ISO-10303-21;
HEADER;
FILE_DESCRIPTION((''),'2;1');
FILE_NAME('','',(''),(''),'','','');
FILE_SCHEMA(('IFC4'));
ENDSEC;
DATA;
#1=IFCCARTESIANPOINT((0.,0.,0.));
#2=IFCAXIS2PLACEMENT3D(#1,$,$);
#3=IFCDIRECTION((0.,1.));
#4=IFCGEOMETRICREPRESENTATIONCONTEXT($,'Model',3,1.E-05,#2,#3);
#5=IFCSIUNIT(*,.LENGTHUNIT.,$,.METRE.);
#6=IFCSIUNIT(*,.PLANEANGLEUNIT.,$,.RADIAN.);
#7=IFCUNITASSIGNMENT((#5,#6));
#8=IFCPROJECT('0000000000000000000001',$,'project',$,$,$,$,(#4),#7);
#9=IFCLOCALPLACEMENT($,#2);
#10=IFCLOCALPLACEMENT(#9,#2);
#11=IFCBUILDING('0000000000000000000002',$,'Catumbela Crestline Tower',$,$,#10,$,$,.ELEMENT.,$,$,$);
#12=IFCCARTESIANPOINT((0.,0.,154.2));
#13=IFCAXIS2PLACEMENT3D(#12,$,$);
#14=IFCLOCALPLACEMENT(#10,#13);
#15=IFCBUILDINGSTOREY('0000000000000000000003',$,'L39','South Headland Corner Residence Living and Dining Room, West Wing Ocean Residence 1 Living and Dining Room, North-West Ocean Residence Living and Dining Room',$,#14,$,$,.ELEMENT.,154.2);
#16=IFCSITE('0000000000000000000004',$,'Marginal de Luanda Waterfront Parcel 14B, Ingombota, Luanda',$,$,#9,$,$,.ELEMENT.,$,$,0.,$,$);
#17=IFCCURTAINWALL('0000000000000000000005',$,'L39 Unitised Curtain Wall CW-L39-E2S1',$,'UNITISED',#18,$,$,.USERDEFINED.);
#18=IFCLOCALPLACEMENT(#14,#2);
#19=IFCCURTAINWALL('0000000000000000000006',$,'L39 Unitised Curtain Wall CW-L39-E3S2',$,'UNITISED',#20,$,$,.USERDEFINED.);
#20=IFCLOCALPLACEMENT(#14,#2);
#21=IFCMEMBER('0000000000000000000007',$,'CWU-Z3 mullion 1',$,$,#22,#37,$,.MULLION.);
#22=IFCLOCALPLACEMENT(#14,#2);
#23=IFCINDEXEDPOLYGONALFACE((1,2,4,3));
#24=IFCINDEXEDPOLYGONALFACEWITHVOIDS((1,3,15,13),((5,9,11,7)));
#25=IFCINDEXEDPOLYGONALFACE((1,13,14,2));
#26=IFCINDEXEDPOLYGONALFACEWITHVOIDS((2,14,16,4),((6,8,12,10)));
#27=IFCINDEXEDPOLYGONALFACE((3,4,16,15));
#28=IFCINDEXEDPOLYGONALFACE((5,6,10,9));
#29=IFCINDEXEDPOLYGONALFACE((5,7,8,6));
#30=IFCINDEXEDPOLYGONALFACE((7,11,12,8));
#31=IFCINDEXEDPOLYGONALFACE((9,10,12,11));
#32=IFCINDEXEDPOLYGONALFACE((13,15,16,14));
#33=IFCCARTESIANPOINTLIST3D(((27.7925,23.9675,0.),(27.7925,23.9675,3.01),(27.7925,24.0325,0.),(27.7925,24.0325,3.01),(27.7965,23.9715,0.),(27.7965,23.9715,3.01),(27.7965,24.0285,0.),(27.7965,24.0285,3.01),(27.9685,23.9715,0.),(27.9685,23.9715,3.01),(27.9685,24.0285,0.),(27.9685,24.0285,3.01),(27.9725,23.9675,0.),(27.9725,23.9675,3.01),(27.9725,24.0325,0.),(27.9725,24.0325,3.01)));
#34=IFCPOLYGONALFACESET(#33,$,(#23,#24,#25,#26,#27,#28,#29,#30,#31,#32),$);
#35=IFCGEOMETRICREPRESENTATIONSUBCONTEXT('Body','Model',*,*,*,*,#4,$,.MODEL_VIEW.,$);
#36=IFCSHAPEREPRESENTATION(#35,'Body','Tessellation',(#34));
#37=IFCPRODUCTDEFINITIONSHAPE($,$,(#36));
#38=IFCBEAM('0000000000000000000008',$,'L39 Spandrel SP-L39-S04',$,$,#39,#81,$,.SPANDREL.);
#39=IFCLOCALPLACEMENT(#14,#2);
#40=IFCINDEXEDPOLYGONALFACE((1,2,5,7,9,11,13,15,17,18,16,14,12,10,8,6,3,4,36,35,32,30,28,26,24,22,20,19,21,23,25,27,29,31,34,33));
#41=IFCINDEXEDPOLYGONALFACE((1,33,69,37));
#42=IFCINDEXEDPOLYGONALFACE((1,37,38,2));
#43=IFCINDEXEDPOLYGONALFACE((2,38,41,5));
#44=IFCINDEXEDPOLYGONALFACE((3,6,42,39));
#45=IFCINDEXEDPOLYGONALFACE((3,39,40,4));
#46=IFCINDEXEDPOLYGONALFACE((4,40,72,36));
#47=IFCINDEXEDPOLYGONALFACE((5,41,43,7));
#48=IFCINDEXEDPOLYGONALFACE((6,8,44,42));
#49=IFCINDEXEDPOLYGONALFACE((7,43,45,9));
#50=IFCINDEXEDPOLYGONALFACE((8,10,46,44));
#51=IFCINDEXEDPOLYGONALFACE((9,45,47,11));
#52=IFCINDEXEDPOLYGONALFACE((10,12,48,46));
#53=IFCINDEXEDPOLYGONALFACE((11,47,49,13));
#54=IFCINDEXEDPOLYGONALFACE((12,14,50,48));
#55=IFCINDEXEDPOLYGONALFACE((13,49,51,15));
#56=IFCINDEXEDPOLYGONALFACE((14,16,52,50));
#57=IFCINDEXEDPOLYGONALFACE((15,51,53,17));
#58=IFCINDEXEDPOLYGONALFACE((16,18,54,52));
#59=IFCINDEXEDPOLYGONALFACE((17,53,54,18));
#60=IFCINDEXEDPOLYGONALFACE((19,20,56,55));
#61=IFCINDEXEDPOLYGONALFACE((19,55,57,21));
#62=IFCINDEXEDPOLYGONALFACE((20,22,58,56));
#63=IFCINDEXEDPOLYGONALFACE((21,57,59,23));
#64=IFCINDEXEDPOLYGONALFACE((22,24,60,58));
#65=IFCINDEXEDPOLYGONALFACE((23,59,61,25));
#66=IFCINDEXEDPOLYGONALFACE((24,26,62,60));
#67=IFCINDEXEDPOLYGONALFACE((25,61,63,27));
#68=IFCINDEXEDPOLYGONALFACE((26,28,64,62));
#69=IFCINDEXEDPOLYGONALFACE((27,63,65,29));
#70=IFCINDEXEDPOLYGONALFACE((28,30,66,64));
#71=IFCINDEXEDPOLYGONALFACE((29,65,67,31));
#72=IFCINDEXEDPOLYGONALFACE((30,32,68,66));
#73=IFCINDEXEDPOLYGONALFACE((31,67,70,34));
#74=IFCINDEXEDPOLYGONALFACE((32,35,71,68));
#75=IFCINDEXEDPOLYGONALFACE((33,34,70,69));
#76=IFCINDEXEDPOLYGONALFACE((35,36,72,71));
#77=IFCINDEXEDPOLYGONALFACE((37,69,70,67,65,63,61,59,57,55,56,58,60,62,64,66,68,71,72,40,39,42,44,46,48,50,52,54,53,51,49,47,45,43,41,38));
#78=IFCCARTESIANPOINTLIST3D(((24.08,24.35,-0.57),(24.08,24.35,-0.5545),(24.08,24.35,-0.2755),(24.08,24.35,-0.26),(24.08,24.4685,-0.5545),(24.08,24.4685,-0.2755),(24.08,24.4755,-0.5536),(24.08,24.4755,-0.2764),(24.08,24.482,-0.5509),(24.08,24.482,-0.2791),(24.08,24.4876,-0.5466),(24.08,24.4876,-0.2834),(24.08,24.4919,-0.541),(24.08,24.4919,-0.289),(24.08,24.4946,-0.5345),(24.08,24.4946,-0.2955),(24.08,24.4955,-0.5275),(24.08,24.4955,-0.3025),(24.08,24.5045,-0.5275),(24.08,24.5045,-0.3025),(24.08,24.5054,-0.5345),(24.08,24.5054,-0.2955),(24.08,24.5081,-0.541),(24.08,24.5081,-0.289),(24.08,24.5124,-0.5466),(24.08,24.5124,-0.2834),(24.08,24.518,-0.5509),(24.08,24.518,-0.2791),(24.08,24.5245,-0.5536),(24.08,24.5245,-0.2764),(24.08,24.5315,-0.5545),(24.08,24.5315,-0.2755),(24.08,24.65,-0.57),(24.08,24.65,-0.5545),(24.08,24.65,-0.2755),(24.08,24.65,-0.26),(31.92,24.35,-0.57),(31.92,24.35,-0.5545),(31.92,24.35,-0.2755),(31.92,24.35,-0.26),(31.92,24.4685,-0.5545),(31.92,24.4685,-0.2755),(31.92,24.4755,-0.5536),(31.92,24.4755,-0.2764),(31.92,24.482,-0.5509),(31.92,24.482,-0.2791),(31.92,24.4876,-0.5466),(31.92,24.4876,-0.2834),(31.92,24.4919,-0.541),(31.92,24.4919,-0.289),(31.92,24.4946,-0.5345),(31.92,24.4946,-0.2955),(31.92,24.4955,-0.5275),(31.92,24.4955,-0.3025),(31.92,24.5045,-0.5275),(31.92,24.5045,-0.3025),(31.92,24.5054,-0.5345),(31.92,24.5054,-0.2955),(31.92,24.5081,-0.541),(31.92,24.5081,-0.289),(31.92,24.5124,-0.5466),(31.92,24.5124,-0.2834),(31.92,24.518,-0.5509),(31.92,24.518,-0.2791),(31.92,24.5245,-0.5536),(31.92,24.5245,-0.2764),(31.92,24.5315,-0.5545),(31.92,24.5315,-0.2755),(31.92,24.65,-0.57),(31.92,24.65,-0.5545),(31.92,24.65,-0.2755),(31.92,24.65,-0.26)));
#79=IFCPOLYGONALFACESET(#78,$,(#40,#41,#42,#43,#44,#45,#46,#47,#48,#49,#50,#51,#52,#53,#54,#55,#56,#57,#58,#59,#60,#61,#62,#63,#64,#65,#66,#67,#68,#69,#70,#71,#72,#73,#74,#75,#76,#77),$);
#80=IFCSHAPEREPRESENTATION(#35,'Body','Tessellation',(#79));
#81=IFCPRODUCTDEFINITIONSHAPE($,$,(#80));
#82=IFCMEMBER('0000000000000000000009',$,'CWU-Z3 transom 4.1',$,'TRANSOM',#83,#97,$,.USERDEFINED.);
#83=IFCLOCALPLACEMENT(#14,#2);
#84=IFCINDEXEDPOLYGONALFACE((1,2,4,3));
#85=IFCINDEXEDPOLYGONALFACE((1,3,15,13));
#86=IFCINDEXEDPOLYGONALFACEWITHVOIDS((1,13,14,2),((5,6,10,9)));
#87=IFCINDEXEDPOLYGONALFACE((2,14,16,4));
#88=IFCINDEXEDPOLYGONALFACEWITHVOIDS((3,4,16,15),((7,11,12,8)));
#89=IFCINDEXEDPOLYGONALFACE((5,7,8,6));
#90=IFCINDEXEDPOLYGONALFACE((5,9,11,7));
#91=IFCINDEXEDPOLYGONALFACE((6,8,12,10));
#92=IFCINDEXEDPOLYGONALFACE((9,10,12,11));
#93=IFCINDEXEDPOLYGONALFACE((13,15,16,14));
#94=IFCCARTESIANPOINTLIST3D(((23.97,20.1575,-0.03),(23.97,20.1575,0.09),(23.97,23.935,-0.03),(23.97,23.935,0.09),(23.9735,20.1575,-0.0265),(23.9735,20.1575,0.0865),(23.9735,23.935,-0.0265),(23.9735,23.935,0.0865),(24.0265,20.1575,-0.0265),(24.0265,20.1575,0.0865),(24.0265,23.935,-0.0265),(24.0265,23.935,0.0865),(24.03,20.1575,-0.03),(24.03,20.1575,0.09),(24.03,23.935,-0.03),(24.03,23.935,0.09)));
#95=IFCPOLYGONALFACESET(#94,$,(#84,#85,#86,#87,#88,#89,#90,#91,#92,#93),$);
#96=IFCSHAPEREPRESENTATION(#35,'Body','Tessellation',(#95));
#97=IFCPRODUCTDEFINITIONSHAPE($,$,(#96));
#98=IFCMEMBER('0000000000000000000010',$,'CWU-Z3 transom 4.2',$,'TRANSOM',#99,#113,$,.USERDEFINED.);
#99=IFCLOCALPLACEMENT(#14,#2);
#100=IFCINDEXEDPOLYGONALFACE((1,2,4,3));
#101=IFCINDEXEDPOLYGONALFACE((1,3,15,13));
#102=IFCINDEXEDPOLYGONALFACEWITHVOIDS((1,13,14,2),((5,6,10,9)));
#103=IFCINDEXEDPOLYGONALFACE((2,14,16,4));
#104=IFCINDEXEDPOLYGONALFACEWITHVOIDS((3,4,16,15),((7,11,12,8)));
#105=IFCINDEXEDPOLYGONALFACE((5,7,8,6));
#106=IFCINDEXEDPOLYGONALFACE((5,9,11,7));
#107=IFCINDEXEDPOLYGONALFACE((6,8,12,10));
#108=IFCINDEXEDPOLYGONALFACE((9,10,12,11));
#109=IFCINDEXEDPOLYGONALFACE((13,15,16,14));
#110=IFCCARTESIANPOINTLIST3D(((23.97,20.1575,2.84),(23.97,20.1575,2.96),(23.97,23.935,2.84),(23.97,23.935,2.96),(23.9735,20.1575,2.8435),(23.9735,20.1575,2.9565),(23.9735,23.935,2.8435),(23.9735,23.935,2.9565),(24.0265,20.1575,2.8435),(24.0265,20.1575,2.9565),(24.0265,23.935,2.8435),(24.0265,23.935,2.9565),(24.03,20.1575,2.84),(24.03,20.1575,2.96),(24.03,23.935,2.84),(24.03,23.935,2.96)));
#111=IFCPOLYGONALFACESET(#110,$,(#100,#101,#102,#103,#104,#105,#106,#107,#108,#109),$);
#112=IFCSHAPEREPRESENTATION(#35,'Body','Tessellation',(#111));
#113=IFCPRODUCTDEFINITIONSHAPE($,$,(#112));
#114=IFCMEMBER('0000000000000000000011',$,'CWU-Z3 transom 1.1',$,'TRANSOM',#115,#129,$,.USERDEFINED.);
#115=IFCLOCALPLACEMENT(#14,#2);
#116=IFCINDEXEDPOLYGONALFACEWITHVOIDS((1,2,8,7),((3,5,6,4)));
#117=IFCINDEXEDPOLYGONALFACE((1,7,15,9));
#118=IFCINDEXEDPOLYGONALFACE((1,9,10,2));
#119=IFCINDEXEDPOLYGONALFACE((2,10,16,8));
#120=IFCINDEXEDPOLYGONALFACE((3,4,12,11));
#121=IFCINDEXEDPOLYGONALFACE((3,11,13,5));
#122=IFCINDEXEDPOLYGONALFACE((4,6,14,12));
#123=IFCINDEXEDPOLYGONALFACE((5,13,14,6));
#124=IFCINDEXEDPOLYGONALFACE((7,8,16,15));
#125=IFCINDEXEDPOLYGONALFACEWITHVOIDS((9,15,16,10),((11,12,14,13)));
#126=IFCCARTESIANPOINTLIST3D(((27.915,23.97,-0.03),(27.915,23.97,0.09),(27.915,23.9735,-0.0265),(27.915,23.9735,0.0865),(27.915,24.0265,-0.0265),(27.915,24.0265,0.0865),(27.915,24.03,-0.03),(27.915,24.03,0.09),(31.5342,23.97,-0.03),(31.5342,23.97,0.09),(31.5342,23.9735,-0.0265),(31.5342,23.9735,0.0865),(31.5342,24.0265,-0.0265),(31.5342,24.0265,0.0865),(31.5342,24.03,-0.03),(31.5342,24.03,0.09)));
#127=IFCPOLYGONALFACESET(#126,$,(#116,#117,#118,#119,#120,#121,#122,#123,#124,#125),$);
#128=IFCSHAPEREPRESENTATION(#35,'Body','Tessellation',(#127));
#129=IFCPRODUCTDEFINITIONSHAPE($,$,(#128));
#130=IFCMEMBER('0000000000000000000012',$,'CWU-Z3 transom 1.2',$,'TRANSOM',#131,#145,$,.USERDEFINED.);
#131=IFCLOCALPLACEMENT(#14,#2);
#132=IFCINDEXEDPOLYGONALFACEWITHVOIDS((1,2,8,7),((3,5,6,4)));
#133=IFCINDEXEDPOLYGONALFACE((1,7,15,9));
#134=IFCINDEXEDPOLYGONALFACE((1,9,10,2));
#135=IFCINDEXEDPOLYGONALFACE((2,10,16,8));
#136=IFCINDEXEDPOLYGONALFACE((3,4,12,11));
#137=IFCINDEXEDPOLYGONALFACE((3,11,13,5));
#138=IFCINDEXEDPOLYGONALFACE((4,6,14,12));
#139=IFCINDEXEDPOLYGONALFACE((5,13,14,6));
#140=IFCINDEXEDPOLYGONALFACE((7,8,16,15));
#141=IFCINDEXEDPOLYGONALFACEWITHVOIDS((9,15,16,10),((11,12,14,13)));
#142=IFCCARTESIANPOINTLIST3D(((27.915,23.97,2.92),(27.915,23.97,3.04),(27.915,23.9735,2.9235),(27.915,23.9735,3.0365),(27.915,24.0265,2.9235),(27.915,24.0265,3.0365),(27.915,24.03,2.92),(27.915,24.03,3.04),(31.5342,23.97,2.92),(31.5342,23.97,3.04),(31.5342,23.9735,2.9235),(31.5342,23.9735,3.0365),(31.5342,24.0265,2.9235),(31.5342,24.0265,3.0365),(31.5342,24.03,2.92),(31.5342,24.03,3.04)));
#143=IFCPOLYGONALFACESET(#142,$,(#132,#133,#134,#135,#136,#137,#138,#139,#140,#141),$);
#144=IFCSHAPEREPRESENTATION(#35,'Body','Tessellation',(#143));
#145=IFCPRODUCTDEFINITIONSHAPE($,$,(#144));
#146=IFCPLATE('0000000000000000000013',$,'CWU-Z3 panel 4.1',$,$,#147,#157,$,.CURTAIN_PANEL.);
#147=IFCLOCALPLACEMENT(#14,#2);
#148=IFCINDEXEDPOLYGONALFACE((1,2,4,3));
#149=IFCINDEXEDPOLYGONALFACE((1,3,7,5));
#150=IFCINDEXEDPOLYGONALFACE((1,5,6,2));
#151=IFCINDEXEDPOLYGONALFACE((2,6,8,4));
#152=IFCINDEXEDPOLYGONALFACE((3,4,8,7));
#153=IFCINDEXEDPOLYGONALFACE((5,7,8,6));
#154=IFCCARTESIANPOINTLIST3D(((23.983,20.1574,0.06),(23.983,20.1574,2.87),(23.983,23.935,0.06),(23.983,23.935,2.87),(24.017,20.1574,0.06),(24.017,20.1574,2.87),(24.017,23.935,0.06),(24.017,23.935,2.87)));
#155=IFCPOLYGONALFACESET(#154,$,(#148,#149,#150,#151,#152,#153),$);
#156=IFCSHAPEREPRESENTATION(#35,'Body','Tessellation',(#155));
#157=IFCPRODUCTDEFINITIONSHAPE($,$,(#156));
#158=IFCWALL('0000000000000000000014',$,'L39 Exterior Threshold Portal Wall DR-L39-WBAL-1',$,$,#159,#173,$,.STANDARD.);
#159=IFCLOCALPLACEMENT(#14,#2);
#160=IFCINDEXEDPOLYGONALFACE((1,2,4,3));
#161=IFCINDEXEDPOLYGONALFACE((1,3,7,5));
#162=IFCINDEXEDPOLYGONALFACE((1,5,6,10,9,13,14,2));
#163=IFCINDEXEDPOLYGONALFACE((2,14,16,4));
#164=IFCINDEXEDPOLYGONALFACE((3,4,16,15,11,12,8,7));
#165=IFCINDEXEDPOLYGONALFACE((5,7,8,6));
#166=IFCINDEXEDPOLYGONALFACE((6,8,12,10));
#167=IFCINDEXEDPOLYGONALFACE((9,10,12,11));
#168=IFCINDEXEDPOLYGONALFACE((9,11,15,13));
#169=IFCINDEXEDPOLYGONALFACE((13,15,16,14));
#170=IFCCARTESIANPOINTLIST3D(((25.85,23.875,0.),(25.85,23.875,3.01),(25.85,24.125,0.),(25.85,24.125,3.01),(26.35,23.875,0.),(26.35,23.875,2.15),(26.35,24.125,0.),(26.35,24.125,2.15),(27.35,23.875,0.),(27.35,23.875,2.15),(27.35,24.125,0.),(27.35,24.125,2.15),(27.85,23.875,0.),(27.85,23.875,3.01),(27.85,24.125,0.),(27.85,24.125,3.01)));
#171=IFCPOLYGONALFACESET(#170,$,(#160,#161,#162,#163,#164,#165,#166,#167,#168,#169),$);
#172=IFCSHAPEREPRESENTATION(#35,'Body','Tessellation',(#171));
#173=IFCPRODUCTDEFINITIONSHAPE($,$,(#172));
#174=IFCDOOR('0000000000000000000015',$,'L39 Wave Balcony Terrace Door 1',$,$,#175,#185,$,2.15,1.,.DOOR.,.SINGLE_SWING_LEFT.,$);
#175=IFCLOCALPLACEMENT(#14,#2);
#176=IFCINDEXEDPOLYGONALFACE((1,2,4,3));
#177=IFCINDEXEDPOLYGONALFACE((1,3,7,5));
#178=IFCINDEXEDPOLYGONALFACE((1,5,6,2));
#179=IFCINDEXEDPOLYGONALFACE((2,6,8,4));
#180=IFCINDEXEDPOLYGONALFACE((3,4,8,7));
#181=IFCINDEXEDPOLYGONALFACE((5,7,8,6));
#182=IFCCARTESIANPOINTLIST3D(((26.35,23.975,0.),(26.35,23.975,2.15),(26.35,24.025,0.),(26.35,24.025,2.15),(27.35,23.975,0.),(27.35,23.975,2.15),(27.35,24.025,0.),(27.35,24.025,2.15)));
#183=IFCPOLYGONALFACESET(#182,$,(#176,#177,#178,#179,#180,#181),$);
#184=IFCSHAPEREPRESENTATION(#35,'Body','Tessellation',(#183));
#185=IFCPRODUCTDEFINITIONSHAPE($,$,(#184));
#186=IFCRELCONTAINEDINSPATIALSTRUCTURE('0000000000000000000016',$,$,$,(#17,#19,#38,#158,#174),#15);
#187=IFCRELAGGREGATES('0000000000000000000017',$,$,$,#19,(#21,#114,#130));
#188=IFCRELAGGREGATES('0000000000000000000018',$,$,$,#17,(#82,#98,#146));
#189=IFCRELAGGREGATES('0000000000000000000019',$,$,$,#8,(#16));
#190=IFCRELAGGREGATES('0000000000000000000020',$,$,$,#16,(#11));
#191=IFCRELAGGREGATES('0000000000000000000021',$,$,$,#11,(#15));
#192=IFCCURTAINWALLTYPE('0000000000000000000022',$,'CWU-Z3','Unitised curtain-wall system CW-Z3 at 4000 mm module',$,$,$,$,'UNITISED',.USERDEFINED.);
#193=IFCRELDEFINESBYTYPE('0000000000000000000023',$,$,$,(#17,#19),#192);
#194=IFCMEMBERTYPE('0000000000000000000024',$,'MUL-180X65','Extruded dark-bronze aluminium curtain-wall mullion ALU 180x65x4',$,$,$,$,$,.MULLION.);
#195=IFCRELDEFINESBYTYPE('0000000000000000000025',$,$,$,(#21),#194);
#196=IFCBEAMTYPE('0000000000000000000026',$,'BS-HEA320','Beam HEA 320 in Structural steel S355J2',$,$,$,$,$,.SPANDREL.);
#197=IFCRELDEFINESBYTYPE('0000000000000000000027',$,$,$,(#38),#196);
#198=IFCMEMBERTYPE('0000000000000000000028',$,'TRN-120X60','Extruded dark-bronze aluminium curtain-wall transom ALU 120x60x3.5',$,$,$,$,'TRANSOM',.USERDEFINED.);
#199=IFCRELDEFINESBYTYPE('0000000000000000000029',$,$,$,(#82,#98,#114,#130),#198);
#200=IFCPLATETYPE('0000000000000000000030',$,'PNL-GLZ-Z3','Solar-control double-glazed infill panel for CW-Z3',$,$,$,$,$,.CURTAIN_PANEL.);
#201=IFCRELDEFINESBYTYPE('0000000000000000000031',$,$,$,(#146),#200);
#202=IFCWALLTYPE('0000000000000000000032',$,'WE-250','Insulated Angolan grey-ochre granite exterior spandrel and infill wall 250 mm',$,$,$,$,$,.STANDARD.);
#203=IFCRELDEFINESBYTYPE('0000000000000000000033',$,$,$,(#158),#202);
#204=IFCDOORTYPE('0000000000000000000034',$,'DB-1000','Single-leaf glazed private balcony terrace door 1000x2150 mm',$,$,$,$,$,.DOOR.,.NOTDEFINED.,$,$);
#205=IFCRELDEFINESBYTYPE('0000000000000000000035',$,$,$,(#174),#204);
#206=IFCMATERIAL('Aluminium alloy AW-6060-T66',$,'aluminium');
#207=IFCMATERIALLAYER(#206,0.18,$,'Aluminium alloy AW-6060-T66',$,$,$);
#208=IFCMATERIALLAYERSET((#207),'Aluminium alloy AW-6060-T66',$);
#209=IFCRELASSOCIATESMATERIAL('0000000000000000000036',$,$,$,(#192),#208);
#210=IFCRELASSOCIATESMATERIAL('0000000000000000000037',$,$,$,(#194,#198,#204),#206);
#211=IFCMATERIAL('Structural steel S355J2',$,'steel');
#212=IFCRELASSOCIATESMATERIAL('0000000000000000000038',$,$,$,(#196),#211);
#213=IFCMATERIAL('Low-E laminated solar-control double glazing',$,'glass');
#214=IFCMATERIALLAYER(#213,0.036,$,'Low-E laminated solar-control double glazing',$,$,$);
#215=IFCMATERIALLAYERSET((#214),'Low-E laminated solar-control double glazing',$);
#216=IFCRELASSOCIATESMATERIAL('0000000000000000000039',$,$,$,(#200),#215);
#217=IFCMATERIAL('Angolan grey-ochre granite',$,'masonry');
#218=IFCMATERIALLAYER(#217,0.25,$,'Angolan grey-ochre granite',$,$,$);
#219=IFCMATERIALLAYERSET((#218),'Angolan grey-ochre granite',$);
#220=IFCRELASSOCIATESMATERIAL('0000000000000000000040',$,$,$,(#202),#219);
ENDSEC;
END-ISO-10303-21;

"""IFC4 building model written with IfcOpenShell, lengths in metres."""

from ifc_helpers import new_model, si_unit, direction, frame, frame_2d, origin, origin_2d, place, context, subcontext, project, spatial, rectangle, hollow_rectangle, i_section, extrude, material, layer, layer_set, material_profile, profile_set, type_object, element, fill, aggregate, save


model = new_model("IFC4")

# Units and contexts
model_context = context("Model", 3, precision=1e-05, world=origin(), true_north=direction((0.0, 1.0)))
body_context = subcontext(model_context, "Body", "Model", "MODEL_VIEW")
ifc_project = project(units=[si_unit("LENGTHUNIT", "METRE"), si_unit("PLANEANGLEUNIT", "RADIAN")], contexts=[model_context])

# Site, building, storey
site_placement = place(None, origin())
site = spatial("IfcSite", under=ifc_project, at=site_placement, Name="Marginal de Luanda Waterfront Parcel 14B, Ingombota, Luanda", CompositionType="ELEMENT", RefElevation=0.0)
building_placement = place(site_placement, origin())
building = spatial("IfcBuilding", under=site, at=building_placement, Name="Catumbela Crestline Tower", CompositionType="ELEMENT")
storey_placement = place(building_placement, frame((0.0, 0.0, 154.2)))
storey = spatial("IfcBuildingStorey", under=building, at=storey_placement, Name="L39", Description="South Headland Corner Residence Living and Dining Room, West Wing Ocean Residence 1 Living and Dining Room, North-West Ocean Residence Living and Dining Room", CompositionType="ELEMENT", Elevation=154.2)

# Shared definitions
ifc_material_1 = material(Name="Structural steel S355J2", Category="steel")

# Curtain wall
ifc_material_2 = material(Name="Aluminium alloy AW-6060-T66", Category="aluminium")
ifc_layer_1 = layer(ifc_material_2, 0.18, Name="Aluminium alloy AW-6060-T66")
ifc_layer_set_1 = layer_set([ifc_layer_1], Name="Aluminium alloy AW-6060-T66")
curtain_wall_type = type_object("IfcCurtainWallType", Name="CWU-Z3", Description="Unitised curtain-wall system CW-Z3 at 4000 mm module", ElementType="UNITISED", PredefinedType="USERDEFINED", material=ifc_layer_set_1)
curtain_wall_1_placement = place(storey_placement, origin())
curtain_wall_1 = element("IfcCurtainWall", 1, at=curtain_wall_1_placement, inside=storey, type_object=curtain_wall_type, Name="L39 Unitised Curtain Wall CW-L39-E2S1", ObjectType="UNITISED", PredefinedType="USERDEFINED")
ifc_material_profile_1 = material_profile(ifc_material_2, hollow_rectangle(XDim=0.065, YDim=0.18, WallThickness=0.004, at=origin_2d()), Name="ALU 180x65x4")
ifc_profile_set_1 = profile_set([ifc_material_profile_1], Name="Aluminium alloy AW-6060-T66")
member_type_1 = type_object("IfcMemberType", Name="MUL-180X65", Description="Extruded dark-bronze aluminium curtain-wall mullion ALU 180x65x4", PredefinedType="MULLION", material=ifc_profile_set_1)

# Curtain wall, member
curtain_wall_2_placement = place(storey_placement, origin())
curtain_wall_2 = element("IfcCurtainWall", 2, at=curtain_wall_2_placement, inside=storey, type_object=curtain_wall_type, Name="L39 Unitised Curtain Wall CW-L39-E3S2", ObjectType="UNITISED", PredefinedType="USERDEFINED")
member_1_placement = place(storey_placement, frame((27.8825, 24.0, 0.0), z_axis=(0.0, 0.0, 1.0), x_axis=(0.0, 1.0, 0.0)))
member_1 = element("IfcMember", 3, at=member_1_placement, type_object=member_type_1, Name="CWU-Z3 mullion 1", PredefinedType="MULLION", context=body_context, shape_type="SweptSolid", body=[
    extrude(hollow_rectangle(XDim=0.065, YDim=0.18, WallThickness=0.004, at=origin_2d()), origin(), (0.0, 0.0, 1.0), 3.01),
])

# Beam
ifc_material_profile_2 = material_profile(ifc_material_1, i_section(OverallWidth=0.3, OverallDepth=0.31, WebThickness=0.009, FlangeThickness=0.0155, FilletRadius=0.027, at=origin_2d()), Name="HEA 320")
ifc_profile_set_2 = profile_set([ifc_material_profile_2], Name="Structural steel S355J2")
beam_type_1 = type_object("IfcBeamType", Name="BS-HEA320", Description="Beam HEA 320 in Structural steel S355J2", PredefinedType="SPANDREL", material=ifc_profile_set_2)
beam_1_placement = place(storey_placement, frame((24.08, 24.5, -0.415), z_axis=(1.0, 0.0, 0.0), x_axis=(0.0, 1.0, 0.0)))
element("IfcBeam", 4, at=beam_1_placement, inside=storey, type_object=beam_type_1, Name="L39 Spandrel SP-L39-S04", PredefinedType="SPANDREL", context=body_context, shape_type="SweptSolid", body=[
    extrude(i_section(OverallWidth=0.3, OverallDepth=0.31, WebThickness=0.009, FlangeThickness=0.0155, FilletRadius=0.027, at=origin_2d()), origin(), (0.0, 0.0, 1.0), 7.84),
])

# Members
ifc_material_profile_3 = material_profile(ifc_material_2, hollow_rectangle(XDim=0.06, YDim=0.12, WallThickness=0.0035, at=origin_2d()), Name="ALU 120x60x3.5")
ifc_profile_set_3 = profile_set([ifc_material_profile_3], Name="Aluminium alloy AW-6060-T66")
member_type_2 = type_object("IfcMemberType", Name="TRN-120X60", Description="Extruded dark-bronze aluminium curtain-wall transom ALU 120x60x3.5", ElementType="TRANSOM", PredefinedType="USERDEFINED", material=ifc_profile_set_3)
member_2_placement = place(storey_placement, frame((24.0, 20.1575, 0.03), z_axis=(0.0, 1.0, 0.0), x_axis=(-1.0, 0.0, 0.0)))
member_2 = element("IfcMember", 5, at=member_2_placement, type_object=member_type_2, Name="CWU-Z3 transom 4.1", ObjectType="TRANSOM", PredefinedType="USERDEFINED", context=body_context, shape_type="SweptSolid", body=[
    extrude(hollow_rectangle(XDim=0.06, YDim=0.12, WallThickness=0.0035, at=origin_2d()), origin(), (0.0, 0.0, 1.0), 3.7775),
])
member_3_placement = place(storey_placement, frame((24.0, 20.1575, 2.9), z_axis=(0.0, 1.0, 0.0), x_axis=(-1.0, 0.0, 0.0)))
member_3 = element("IfcMember", 6, at=member_3_placement, type_object=member_type_2, Name="CWU-Z3 transom 4.2", ObjectType="TRANSOM", PredefinedType="USERDEFINED", context=body_context, shape_type="SweptSolid", body=[
    extrude(hollow_rectangle(XDim=0.06, YDim=0.12, WallThickness=0.0035, at=origin_2d()), origin(), (0.0, 0.0, 1.0), 3.7775),
])
member_4_placement = place(storey_placement, frame((27.915, 24.0, 0.03), z_axis=(1.0, 0.0, 0.0), x_axis=(0.0, 1.0, 0.0)))
member_4 = element("IfcMember", 7, at=member_4_placement, type_object=member_type_2, Name="CWU-Z3 transom 1.1", ObjectType="TRANSOM", PredefinedType="USERDEFINED", context=body_context, shape_type="SweptSolid", body=[
    extrude(hollow_rectangle(XDim=0.06, YDim=0.12, WallThickness=0.0035, at=origin_2d()), origin(), (0.0, 0.0, 1.0), 3.6192),
])
member_5_placement = place(storey_placement, frame((27.915, 24.0, 2.98), z_axis=(1.0, 0.0, 0.0), x_axis=(0.0, 1.0, 0.0)))
member_5 = element("IfcMember", 8, at=member_5_placement, type_object=member_type_2, Name="CWU-Z3 transom 1.2", ObjectType="TRANSOM", PredefinedType="USERDEFINED", context=body_context, shape_type="SweptSolid", body=[
    extrude(hollow_rectangle(XDim=0.06, YDim=0.12, WallThickness=0.0035, at=origin_2d()), origin(), (0.0, 0.0, 1.0), 3.6192),
])
aggregate(curtain_wall_2, [member_1, member_4, member_5])

# Plate
ifc_material_3 = material(Name="Low-E laminated solar-control double glazing", Category="glass")
ifc_layer_2 = layer(ifc_material_3, 0.036, Name="Low-E laminated solar-control double glazing")
ifc_layer_set_2 = layer_set([ifc_layer_2], Name="Low-E laminated solar-control double glazing")
plate_type = type_object("IfcPlateType", Name="PNL-GLZ-Z3", Description="Solar-control double-glazed infill panel for CW-Z3", PredefinedType="CURTAIN_PANEL", material=ifc_layer_set_2)
plate_placement = place(storey_placement, frame((24.0, 22.0462, 0.06), z_axis=(0.0, 0.0, 1.0), x_axis=(0.0, 1.0, 0.0)))
plate = element("IfcPlate", 9, at=plate_placement, type_object=plate_type, Name="CWU-Z3 panel 4.1", PredefinedType="CURTAIN_PANEL", context=body_context, shape_type="SweptSolid", body=[
    extrude(rectangle(XDim=3.7775, YDim=0.034, at=origin_2d()), origin(), (0.0, 0.0, 1.0), 2.81),
])
aggregate(curtain_wall_1, [member_2, member_3, plate])

# Wall, opening, door
ifc_material_4 = material(Name="Angolan grey-ochre granite", Category="masonry")
ifc_layer_3 = layer(ifc_material_4, 0.25, Name="Angolan grey-ochre granite")
ifc_layer_set_3 = layer_set([ifc_layer_3], Name="Angolan grey-ochre granite")
wall_type_1 = type_object("IfcWallType", Name="WE-250", Description="Insulated Angolan grey-ochre granite exterior spandrel and infill wall 250 mm", PredefinedType="STANDARD", material=ifc_layer_set_3)
wall_1_placement = place(storey_placement, frame((25.85, 24.0, 0.0), z_axis=(0.0, 0.0, 1.0), x_axis=(1.0, 0.0, 0.0)))
wall_1 = element("IfcWall", 10, at=wall_1_placement, inside=storey, type_object=wall_type_1, Name="L39 Exterior Threshold Portal Wall DR-L39-WBAL-1", PredefinedType="STANDARD", context=body_context, shape_type="SweptSolid", body=[
    extrude(rectangle(XDim=2.0, YDim=0.25, at=frame_2d((1.0, 0.0))), origin(), (0.0, 0.0, 1.0), 3.01),
])
opening_1_placement = place(wall_1_placement, frame((0.5, 0.0, 0.0)))
opening_1 = element("IfcOpeningElement", 11, at=opening_1_placement, cuts=wall_1, PredefinedType="OPENING", context=body_context, shape_type="SweptSolid", body=[
    extrude(rectangle(XDim=1.0, YDim=2.15, at=frame_2d((0.5, 1.075))), frame((0.0, 0.135, 0.0), z_axis=(0.0, -1.0, 0.0), x_axis=(1.0, 0.0, 0.0)), (0.0, 0.0, 1.0), 0.27),
])
door_type_1 = type_object("IfcDoorType", Name="DB-1000", Description="Single-leaf glazed private balcony terrace door 1000x2150 mm", OperationType="NOTDEFINED", PredefinedType="DOOR", material=ifc_material_2)
door_1_placement = place(opening_1_placement, origin())
door_1 = element("IfcDoor", 12, at=door_1_placement, inside=storey, type_object=door_type_1, Name="L39 Wave Balcony Terrace Door 1", OperationType="SINGLE_SWING_LEFT", OverallHeight=2.15, OverallWidth=1.0, PredefinedType="DOOR", context=body_context, shape_type="SweptSolid", body=[
    extrude(rectangle(XDim=1.0, YDim=2.15, at=frame_2d((0.5, 1.075))), frame((0.0, 0.025, 0.0), z_axis=(0.0, -1.0, 0.0), x_axis=(1.0, 0.0, 0.0)), (0.0, 0.0, 1.0), 0.05),
])
fill(opening_1, door_1)

save(model, "model.ifc")
